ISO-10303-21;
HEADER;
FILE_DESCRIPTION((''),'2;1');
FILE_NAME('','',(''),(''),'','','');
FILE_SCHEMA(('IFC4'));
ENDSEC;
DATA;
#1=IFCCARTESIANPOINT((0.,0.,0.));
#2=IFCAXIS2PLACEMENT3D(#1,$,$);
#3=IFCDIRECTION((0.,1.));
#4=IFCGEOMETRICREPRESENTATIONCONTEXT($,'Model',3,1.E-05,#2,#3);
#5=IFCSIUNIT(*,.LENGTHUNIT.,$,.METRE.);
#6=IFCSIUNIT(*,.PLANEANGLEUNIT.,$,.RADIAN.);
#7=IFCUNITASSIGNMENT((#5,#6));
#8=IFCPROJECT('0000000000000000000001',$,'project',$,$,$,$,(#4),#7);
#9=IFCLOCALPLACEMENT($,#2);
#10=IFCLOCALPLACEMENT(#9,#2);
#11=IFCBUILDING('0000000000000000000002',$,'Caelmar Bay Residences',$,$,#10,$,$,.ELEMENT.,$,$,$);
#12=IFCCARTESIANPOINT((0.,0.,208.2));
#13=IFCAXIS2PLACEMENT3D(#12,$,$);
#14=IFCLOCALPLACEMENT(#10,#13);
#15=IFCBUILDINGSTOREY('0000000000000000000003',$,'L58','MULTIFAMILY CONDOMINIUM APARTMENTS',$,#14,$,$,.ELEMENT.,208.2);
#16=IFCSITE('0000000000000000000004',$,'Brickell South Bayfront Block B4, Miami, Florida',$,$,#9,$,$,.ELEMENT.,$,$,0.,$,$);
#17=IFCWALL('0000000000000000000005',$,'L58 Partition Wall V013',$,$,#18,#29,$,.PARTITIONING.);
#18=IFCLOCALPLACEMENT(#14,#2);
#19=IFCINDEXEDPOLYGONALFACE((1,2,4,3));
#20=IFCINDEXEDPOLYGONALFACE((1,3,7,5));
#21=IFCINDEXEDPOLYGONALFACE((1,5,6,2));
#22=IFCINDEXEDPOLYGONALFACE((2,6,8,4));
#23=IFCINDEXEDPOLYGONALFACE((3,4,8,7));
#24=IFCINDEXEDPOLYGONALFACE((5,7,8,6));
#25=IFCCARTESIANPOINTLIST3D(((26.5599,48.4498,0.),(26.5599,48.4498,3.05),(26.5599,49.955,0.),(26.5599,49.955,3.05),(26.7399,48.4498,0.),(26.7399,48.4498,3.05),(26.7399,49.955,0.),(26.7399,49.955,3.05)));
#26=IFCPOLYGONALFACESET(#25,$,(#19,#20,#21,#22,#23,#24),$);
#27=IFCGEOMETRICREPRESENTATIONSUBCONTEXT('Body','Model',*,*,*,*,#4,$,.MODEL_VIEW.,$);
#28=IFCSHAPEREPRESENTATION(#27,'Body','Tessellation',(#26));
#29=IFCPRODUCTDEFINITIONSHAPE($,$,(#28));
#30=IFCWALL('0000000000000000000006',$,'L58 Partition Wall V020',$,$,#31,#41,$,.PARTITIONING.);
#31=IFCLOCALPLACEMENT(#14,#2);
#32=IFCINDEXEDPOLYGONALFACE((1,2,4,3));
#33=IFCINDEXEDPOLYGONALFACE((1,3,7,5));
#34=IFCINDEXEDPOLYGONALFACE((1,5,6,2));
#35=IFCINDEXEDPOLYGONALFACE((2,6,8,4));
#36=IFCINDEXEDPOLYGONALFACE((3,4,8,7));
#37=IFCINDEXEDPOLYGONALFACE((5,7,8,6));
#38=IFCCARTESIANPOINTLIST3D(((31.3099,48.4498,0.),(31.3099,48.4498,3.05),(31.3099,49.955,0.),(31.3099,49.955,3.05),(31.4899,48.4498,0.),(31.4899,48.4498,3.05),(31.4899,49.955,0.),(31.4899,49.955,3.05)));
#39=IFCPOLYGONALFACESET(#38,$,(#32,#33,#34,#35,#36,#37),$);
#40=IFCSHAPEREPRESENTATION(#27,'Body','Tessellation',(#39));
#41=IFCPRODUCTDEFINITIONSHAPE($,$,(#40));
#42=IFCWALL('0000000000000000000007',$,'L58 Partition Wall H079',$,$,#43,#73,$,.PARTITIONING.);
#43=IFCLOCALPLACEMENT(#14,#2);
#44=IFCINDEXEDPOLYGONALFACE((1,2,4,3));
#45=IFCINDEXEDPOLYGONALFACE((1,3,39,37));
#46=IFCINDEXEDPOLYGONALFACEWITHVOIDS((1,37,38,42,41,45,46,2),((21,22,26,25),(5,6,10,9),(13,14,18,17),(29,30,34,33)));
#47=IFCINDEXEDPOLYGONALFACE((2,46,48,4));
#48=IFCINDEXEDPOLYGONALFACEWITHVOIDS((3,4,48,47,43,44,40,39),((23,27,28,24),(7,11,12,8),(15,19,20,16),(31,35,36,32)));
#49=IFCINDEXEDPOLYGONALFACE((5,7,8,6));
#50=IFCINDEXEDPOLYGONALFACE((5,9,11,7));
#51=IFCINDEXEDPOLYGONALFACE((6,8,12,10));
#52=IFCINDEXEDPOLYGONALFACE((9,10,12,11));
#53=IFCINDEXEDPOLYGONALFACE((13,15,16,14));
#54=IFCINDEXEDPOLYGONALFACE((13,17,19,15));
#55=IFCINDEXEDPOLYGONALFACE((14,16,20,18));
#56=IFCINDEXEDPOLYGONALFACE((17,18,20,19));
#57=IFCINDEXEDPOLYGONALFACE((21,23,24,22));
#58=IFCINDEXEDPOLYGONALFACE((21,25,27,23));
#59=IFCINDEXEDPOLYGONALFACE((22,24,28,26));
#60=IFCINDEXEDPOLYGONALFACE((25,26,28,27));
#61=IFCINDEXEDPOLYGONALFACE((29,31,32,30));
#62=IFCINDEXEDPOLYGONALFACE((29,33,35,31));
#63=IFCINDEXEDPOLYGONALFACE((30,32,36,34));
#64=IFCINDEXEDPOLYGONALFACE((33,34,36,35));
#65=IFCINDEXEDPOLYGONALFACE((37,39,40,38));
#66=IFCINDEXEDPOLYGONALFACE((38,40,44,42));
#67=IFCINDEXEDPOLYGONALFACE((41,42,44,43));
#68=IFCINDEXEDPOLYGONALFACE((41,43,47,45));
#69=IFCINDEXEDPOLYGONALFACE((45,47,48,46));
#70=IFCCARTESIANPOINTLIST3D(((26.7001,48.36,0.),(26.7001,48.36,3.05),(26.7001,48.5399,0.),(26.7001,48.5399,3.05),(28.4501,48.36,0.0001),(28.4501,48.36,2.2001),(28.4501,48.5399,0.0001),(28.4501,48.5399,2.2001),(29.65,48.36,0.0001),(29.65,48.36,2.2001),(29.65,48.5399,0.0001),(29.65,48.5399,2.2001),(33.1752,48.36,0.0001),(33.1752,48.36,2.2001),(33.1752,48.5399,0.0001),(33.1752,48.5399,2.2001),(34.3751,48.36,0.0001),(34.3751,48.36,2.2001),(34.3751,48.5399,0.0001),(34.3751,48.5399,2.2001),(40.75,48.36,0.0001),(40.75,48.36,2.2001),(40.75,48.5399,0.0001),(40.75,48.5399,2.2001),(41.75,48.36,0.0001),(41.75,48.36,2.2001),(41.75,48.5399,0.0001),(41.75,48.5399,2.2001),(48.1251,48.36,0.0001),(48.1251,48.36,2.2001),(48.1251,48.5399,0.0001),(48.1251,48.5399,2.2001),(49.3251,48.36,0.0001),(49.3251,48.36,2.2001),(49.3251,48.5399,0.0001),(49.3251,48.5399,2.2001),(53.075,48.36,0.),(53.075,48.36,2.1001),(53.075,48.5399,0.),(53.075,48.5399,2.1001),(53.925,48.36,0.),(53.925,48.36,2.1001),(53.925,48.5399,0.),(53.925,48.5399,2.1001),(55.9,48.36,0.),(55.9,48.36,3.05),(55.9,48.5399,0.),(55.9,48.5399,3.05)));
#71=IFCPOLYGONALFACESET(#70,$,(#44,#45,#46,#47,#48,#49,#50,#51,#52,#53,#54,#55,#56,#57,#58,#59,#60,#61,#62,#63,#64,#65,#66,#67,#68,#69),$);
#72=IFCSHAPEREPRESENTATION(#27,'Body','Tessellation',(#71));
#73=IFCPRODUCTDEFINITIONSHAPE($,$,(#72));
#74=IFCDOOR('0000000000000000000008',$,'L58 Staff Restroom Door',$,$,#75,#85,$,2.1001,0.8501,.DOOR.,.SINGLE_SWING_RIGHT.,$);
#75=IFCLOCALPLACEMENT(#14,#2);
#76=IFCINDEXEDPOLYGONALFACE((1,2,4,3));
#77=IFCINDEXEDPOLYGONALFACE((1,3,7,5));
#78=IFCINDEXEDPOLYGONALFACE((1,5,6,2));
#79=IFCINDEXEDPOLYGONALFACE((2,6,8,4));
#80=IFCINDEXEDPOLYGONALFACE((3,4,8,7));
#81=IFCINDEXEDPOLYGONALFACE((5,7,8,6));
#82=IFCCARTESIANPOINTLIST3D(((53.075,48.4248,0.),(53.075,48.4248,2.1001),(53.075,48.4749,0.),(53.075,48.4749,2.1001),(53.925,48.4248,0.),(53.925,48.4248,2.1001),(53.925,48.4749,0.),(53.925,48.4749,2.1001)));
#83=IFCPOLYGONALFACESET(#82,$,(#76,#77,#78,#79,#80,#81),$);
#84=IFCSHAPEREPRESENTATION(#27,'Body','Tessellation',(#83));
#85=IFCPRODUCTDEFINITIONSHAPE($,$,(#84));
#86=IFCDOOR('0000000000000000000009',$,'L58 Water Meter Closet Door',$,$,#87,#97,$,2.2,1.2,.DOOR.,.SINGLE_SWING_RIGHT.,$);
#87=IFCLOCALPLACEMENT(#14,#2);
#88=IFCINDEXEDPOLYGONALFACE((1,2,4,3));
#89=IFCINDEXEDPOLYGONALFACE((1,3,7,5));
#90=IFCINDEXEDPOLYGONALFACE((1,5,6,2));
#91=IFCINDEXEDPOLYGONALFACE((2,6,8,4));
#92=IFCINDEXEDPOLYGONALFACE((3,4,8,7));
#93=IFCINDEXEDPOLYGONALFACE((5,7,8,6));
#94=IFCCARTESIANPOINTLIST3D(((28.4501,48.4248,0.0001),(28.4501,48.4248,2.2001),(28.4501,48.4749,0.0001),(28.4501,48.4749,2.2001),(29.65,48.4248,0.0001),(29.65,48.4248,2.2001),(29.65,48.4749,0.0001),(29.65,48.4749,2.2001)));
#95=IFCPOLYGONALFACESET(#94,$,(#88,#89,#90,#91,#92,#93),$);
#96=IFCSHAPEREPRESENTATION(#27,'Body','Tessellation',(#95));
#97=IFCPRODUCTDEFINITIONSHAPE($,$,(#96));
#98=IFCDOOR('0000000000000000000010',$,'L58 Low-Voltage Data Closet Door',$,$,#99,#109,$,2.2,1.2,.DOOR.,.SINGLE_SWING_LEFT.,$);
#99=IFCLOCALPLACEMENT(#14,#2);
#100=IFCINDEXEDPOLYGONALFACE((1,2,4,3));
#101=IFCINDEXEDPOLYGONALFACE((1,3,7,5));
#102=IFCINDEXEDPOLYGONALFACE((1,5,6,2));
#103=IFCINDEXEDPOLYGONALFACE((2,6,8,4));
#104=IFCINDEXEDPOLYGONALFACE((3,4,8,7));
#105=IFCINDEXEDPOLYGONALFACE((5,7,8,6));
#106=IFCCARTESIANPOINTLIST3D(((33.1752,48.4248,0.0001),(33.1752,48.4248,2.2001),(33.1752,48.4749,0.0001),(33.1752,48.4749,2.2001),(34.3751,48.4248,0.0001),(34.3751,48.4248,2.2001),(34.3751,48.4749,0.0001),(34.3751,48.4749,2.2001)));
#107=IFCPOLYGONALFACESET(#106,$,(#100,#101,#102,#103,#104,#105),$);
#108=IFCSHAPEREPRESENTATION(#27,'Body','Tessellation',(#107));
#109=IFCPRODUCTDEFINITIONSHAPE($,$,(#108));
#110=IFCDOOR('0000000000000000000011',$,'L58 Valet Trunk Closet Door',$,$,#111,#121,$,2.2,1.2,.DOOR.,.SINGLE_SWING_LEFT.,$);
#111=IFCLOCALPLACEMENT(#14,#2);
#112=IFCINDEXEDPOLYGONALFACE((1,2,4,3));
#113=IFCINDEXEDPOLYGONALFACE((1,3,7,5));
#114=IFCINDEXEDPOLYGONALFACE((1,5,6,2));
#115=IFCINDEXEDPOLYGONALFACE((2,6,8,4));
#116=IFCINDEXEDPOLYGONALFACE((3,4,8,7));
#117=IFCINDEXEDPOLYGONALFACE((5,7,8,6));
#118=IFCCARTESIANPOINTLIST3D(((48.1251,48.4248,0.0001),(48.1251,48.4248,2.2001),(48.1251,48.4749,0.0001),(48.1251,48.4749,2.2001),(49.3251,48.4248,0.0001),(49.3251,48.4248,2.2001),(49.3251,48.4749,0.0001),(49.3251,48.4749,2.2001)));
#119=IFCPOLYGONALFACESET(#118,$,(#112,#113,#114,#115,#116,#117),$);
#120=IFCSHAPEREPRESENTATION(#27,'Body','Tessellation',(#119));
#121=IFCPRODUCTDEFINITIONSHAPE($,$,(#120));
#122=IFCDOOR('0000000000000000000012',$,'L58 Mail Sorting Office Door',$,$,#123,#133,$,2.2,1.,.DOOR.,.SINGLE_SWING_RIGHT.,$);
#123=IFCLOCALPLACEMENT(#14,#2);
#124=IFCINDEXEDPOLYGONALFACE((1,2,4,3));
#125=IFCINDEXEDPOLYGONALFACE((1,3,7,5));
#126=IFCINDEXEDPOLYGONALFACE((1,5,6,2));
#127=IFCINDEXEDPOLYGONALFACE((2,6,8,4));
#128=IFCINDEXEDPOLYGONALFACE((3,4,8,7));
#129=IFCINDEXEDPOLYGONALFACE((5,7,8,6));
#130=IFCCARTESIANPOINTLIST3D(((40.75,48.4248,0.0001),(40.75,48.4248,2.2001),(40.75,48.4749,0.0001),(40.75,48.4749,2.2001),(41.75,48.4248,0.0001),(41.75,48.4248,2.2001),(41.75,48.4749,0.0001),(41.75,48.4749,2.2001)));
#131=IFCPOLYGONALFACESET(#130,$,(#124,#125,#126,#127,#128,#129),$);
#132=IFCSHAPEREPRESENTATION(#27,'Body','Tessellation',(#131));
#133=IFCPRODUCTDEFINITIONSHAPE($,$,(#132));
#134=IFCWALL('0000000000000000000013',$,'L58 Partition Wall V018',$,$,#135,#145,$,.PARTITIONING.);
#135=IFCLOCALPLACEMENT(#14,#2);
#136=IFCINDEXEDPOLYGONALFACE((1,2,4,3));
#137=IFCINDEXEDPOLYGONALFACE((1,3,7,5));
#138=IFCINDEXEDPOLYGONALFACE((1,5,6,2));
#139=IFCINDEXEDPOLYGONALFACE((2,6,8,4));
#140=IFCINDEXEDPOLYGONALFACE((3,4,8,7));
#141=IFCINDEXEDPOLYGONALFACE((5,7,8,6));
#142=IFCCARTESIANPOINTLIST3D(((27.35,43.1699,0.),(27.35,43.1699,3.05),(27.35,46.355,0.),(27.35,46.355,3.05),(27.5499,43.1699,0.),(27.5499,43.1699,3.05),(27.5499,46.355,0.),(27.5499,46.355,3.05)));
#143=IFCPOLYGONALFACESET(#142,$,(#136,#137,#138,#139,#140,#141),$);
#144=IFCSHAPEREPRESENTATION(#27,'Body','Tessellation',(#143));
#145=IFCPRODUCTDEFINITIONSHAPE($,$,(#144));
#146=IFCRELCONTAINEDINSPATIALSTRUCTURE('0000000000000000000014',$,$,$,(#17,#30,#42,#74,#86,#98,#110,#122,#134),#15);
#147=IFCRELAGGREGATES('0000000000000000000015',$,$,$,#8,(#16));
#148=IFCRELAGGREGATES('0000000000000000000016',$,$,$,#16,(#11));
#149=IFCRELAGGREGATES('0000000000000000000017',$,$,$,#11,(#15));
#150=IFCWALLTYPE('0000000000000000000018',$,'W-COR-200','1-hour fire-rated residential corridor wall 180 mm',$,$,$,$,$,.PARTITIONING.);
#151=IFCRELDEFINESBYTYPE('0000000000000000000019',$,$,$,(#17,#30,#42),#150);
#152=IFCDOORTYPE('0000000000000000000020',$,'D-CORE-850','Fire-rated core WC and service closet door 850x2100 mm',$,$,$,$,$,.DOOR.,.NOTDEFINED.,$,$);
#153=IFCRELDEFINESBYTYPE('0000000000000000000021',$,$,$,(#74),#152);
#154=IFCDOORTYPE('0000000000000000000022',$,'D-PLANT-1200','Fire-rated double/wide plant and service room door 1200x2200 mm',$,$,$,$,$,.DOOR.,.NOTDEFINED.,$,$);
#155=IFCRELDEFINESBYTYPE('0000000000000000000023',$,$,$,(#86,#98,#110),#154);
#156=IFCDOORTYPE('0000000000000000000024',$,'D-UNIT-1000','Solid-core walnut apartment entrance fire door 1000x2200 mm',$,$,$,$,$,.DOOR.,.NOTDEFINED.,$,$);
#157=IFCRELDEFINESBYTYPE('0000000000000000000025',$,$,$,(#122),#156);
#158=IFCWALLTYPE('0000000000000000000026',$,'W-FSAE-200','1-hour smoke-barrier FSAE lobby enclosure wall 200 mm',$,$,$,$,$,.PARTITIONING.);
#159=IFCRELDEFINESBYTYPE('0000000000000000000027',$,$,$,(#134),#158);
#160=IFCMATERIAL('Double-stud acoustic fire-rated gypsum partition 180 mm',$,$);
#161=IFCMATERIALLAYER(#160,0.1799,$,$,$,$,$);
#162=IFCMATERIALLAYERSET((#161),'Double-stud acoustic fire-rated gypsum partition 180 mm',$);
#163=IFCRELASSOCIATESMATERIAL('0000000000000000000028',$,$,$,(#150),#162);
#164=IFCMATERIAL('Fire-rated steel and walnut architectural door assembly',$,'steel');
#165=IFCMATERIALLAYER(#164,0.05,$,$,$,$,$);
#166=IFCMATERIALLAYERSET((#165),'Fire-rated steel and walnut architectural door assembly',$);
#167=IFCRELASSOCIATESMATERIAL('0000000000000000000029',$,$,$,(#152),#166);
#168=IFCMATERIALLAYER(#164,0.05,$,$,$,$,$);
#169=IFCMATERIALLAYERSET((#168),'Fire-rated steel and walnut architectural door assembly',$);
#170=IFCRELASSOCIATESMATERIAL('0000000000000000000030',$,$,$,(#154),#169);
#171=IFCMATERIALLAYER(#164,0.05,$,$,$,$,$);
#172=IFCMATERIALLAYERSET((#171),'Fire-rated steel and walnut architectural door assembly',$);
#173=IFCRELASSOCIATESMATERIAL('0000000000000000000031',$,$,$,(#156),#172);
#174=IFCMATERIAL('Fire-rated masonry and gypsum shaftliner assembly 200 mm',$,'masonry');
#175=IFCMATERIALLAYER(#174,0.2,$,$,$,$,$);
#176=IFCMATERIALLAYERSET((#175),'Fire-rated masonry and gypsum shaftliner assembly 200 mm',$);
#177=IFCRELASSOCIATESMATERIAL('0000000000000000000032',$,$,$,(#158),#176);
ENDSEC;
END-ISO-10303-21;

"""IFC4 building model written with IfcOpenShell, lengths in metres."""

from ifc_helpers import new_model, si_unit, direction, frame, frame_2d, origin, place, context, subcontext, project, spatial, rectangle, extrude, material, layer, layer_set, type_object, element, fill, save


model = new_model("IFC4")

# Units and contexts
model_context = context("Model", 3, precision=1e-05, world=origin(), true_north=direction((0.0, 1.0)))
body_context = subcontext(model_context, "Body", "Model", "MODEL_VIEW")
ifc_project = project(units=[si_unit("LENGTHUNIT", "METRE"), si_unit("PLANEANGLEUNIT", "RADIAN")], contexts=[model_context])

# Site, building, storey
site_placement = place(None, origin())
site = spatial("IfcSite", under=ifc_project, at=site_placement, Name="Brickell South Bayfront Block B4, Miami, Florida", CompositionType="ELEMENT", RefElevation=0.0)
building_placement = place(site_placement, origin())
building = spatial("IfcBuilding", under=site, at=building_placement, Name="Caelmar Bay Residences", CompositionType="ELEMENT")
storey_placement = place(building_placement, frame((0.0, 0.0, 208.2)))
storey = spatial("IfcBuildingStorey", under=building, at=storey_placement, Name="L58", Description="MULTIFAMILY CONDOMINIUM APARTMENTS", CompositionType="ELEMENT", Elevation=208.2)

# Walls
ifc_material_1 = material(Name="Double-stud acoustic fire-rated gypsum partition 180 mm")
ifc_layer_1 = layer(ifc_material_1, 0.1799)
ifc_layer_set_1 = layer_set([ifc_layer_1], Name="Double-stud acoustic fire-rated gypsum partition 180 mm")
wall_type_1 = type_object("IfcWallType", Name="W-COR-200", Description="1-hour fire-rated residential corridor wall 180 mm", PredefinedType="PARTITIONING", material=ifc_layer_set_1)
for number, where, z_axis, x_axis, name in (
    (1, (26.6499, 48.45, 0.0), (0.0, 0.0, 1.0), (0.0, 1.0, 0.0), "L58 Partition Wall V013"),
    (2, (31.3999, 48.45, 0.0), (0.0, 0.0, 1.0), (0.0, 1.0, 0.0), "L58 Partition Wall V020"),
):
    element("IfcWall", number, at=place(storey_placement, frame(where, z_axis=z_axis, x_axis=x_axis)), inside=storey, type_object=wall_type_1, Name=name, PredefinedType="PARTITIONING", context=body_context, shape_type="SweptSolid", body=[
        extrude(rectangle(XDim=1.5051, YDim=0.1799, at=frame_2d((0.7524, 0.0))), origin(), (0.0, 0.0, 1.0), 3.05),
    ])

# Wall, openings, doors
wall_1_placement = place(storey_placement, frame((26.7, 48.45, 0.0), z_axis=(0.0, 0.0, 1.0), x_axis=(1.0, 0.0, 0.0)))
wall_1 = element("IfcWall", 3, at=wall_1_placement, inside=storey, type_object=wall_type_1, Name="L58 Partition Wall H079", PredefinedType="PARTITIONING", context=body_context, shape_type="SweptSolid", body=[
    extrude(rectangle(XDim=29.2, YDim=0.1799, at=frame_2d((14.6001, 0.0))), origin(), (0.0, 0.0, 1.0), 3.05),
])
opening_1_placement = place(wall_1_placement, frame((1.75, 0.0, 0.0)))
opening_1 = element("IfcOpeningElement", 4, at=opening_1_placement, cuts=wall_1, PredefinedType="OPENING", context=body_context, shape_type="SweptSolid", body=[
    extrude(rectangle(XDim=1.2, YDim=2.2, at=frame_2d((0.6001, 1.1001))), frame((0.0, 0.0999, 0.0), z_axis=(0.0, -1.0, 0.0), x_axis=(1.0, 0.0, 0.0)), (0.0, 0.0, 1.0), 0.2),
])
opening_2_placement = place(wall_1_placement, frame((6.4751, 0.0, 0.0)))
opening_2 = element("IfcOpeningElement", 5, at=opening_2_placement, cuts=wall_1, PredefinedType="OPENING", context=body_context, shape_type="SweptSolid", body=[
    extrude(rectangle(XDim=1.2, YDim=2.2, at=frame_2d((0.6001, 1.1001))), frame((0.0, 0.0999, 0.0), z_axis=(0.0, -1.0, 0.0), x_axis=(1.0, 0.0, 0.0)), (0.0, 0.0, 1.0), 0.2),
])
opening_3_placement = place(wall_1_placement, frame((14.05, 0.0, 0.0)))
opening_3 = element("IfcOpeningElement", 6, at=opening_3_placement, cuts=wall_1, PredefinedType="OPENING", context=body_context, shape_type="SweptSolid", body=[
    extrude(rectangle(XDim=1.0, YDim=2.2, at=frame_2d((0.5, 1.1001))), frame((0.0, 0.0999, 0.0), z_axis=(0.0, -1.0, 0.0), x_axis=(1.0, 0.0, 0.0)), (0.0, 0.0, 1.0), 0.2),
])
opening_4_placement = place(wall_1_placement, frame((21.425, 0.0, 0.0)))
opening_4 = element("IfcOpeningElement", 7, at=opening_4_placement, cuts=wall_1, PredefinedType="OPENING", context=body_context, shape_type="SweptSolid", body=[
    extrude(rectangle(XDim=1.2, YDim=2.2, at=frame_2d((0.6001, 1.1001))), frame((0.0, 0.0999, 0.0), z_axis=(0.0, -1.0, 0.0), x_axis=(1.0, 0.0, 0.0)), (0.0, 0.0, 1.0), 0.2),
])
opening_5_placement = place(wall_1_placement, frame((26.375, 0.0, 0.0)))
opening_5 = element("IfcOpeningElement", 8, at=opening_5_placement, cuts=wall_1, PredefinedType="OPENING", context=body_context, shape_type="SweptSolid", body=[
    extrude(rectangle(XDim=0.8501, YDim=2.1001, at=frame_2d((0.425, 1.05))), frame((0.0, 0.0999, 0.0), z_axis=(0.0, -1.0, 0.0), x_axis=(1.0, 0.0, 0.0)), (0.0, 0.0, 1.0), 0.2),
])
ifc_material_2 = material(Name="Fire-rated steel and walnut architectural door assembly", Category="steel")
ifc_layer_2 = layer(ifc_material_2, 0.05)
ifc_layer_set_2 = layer_set([ifc_layer_2], Name="Fire-rated steel and walnut architectural door assembly")
door_type_1 = type_object("IfcDoorType", Name="D-CORE-850", Description="Fire-rated core WC and service closet door 850x2100 mm", OperationType="NOTDEFINED", PredefinedType="DOOR", material=ifc_layer_set_2)
door_1_placement = place(opening_5_placement, origin())
door_1 = element("IfcDoor", 9, at=door_1_placement, inside=storey, type_object=door_type_1, Name="L58 Staff Restroom Door", OperationType="SINGLE_SWING_RIGHT", OverallHeight=2.1001, OverallWidth=0.8501, PredefinedType="DOOR", context=body_context, shape_type="SweptSolid", body=[
    extrude(rectangle(XDim=0.8501, YDim=2.1001, at=frame_2d((0.425, 1.05))), frame((0.0, 0.0249, 0.0), z_axis=(0.0, -1.0, 0.0), x_axis=(1.0, 0.0, 0.0)), (0.0, 0.0, 1.0), 0.05),
])
fill(opening_5, door_1)
ifc_layer_3 = layer(ifc_material_2, 0.05)
ifc_layer_set_3 = layer_set([ifc_layer_3], Name="Fire-rated steel and walnut architectural door assembly")
door_type_2 = type_object("IfcDoorType", Name="D-PLANT-1200", Description="Fire-rated double/wide plant and service room door 1200x2200 mm", OperationType="NOTDEFINED", PredefinedType="DOOR", material=ifc_layer_set_3)
door_2_placement = place(opening_1_placement, origin())
door_2 = element("IfcDoor", 10, at=door_2_placement, inside=storey, type_object=door_type_2, Name="L58 Water Meter Closet Door", OperationType="SINGLE_SWING_RIGHT", OverallHeight=2.2, OverallWidth=1.2, PredefinedType="DOOR", context=body_context, shape_type="SweptSolid", body=[
    extrude(rectangle(XDim=1.2, YDim=2.2, at=frame_2d((0.6001, 1.1001))), frame((0.0, 0.0249, 0.0), z_axis=(0.0, -1.0, 0.0), x_axis=(1.0, 0.0, 0.0)), (0.0, 0.0, 1.0), 0.05),
])
fill(opening_1, door_2)
door_3_placement = place(opening_2_placement, origin())
door_3 = element("IfcDoor", 11, at=door_3_placement, inside=storey, type_object=door_type_2, Name="L58 Low-Voltage Data Closet Door", OperationType="SINGLE_SWING_LEFT", OverallHeight=2.2, OverallWidth=1.2, PredefinedType="DOOR", context=body_context, shape_type="SweptSolid", body=[
    extrude(rectangle(XDim=1.2, YDim=2.2, at=frame_2d((0.6001, 1.1001))), frame((0.0, 0.0249, 0.0), z_axis=(0.0, -1.0, 0.0), x_axis=(1.0, 0.0, 0.0)), (0.0, 0.0, 1.0), 0.05),
])
fill(opening_2, door_3)
door_4_placement = place(opening_4_placement, origin())
door_4 = element("IfcDoor", 12, at=door_4_placement, inside=storey, type_object=door_type_2, Name="L58 Valet Trunk Closet Door", OperationType="SINGLE_SWING_LEFT", OverallHeight=2.2, OverallWidth=1.2, PredefinedType="DOOR", context=body_context, shape_type="SweptSolid", body=[
    extrude(rectangle(XDim=1.2, YDim=2.2, at=frame_2d((0.6001, 1.1001))), frame((0.0, 0.0249, 0.0), z_axis=(0.0, -1.0, 0.0), x_axis=(1.0, 0.0, 0.0)), (0.0, 0.0, 1.0), 0.05),
])
fill(opening_4, door_4)
ifc_layer_4 = layer(ifc_material_2, 0.05)
ifc_layer_set_4 = layer_set([ifc_layer_4], Name="Fire-rated steel and walnut architectural door assembly")
door_type_3 = type_object("IfcDoorType", Name="D-UNIT-1000", Description="Solid-core walnut apartment entrance fire door 1000x2200 mm", OperationType="NOTDEFINED", PredefinedType="DOOR", material=ifc_layer_set_4)
door_5_placement = place(opening_3_placement, origin())
door_5 = element("IfcDoor", 13, at=door_5_placement, inside=storey, type_object=door_type_3, Name="L58 Mail Sorting Office Door", OperationType="SINGLE_SWING_RIGHT", OverallHeight=2.2, OverallWidth=1.0, PredefinedType="DOOR", context=body_context, shape_type="SweptSolid", body=[
    extrude(rectangle(XDim=1.0, YDim=2.2, at=frame_2d((0.5, 1.1001))), frame((0.0, 0.0249, 0.0), z_axis=(0.0, -1.0, 0.0), x_axis=(1.0, 0.0, 0.0)), (0.0, 0.0, 1.0), 0.05),
])
fill(opening_3, door_5)

# Wall
ifc_material_3 = material(Name="Fire-rated masonry and gypsum shaftliner assembly 200 mm", Category="masonry")
ifc_layer_5 = layer(ifc_material_3, 0.2)
ifc_layer_set_5 = layer_set([ifc_layer_5], Name="Fire-rated masonry and gypsum shaftliner assembly 200 mm")
wall_type_2 = type_object("IfcWallType", Name="W-FSAE-200", Description="1-hour smoke-barrier FSAE lobby enclosure wall 200 mm", PredefinedType="PARTITIONING", material=ifc_layer_set_5)
wall_2_placement = place(storey_placement, frame((27.45, 43.1699, 0.0), z_axis=(0.0, 0.0, 1.0), x_axis=(0.0, 1.0, 0.0)))
element("IfcWall", 14, at=wall_2_placement, inside=storey, type_object=wall_type_2, Name="L58 Partition Wall V018", PredefinedType="PARTITIONING", context=body_context, shape_type="SweptSolid", body=[
    extrude(rectangle(XDim=3.1851, YDim=0.2, at=frame_2d((1.5925, 0.0))), origin(), (0.0, 0.0, 1.0), 3.05),
])

save(model, "model.ifc")
